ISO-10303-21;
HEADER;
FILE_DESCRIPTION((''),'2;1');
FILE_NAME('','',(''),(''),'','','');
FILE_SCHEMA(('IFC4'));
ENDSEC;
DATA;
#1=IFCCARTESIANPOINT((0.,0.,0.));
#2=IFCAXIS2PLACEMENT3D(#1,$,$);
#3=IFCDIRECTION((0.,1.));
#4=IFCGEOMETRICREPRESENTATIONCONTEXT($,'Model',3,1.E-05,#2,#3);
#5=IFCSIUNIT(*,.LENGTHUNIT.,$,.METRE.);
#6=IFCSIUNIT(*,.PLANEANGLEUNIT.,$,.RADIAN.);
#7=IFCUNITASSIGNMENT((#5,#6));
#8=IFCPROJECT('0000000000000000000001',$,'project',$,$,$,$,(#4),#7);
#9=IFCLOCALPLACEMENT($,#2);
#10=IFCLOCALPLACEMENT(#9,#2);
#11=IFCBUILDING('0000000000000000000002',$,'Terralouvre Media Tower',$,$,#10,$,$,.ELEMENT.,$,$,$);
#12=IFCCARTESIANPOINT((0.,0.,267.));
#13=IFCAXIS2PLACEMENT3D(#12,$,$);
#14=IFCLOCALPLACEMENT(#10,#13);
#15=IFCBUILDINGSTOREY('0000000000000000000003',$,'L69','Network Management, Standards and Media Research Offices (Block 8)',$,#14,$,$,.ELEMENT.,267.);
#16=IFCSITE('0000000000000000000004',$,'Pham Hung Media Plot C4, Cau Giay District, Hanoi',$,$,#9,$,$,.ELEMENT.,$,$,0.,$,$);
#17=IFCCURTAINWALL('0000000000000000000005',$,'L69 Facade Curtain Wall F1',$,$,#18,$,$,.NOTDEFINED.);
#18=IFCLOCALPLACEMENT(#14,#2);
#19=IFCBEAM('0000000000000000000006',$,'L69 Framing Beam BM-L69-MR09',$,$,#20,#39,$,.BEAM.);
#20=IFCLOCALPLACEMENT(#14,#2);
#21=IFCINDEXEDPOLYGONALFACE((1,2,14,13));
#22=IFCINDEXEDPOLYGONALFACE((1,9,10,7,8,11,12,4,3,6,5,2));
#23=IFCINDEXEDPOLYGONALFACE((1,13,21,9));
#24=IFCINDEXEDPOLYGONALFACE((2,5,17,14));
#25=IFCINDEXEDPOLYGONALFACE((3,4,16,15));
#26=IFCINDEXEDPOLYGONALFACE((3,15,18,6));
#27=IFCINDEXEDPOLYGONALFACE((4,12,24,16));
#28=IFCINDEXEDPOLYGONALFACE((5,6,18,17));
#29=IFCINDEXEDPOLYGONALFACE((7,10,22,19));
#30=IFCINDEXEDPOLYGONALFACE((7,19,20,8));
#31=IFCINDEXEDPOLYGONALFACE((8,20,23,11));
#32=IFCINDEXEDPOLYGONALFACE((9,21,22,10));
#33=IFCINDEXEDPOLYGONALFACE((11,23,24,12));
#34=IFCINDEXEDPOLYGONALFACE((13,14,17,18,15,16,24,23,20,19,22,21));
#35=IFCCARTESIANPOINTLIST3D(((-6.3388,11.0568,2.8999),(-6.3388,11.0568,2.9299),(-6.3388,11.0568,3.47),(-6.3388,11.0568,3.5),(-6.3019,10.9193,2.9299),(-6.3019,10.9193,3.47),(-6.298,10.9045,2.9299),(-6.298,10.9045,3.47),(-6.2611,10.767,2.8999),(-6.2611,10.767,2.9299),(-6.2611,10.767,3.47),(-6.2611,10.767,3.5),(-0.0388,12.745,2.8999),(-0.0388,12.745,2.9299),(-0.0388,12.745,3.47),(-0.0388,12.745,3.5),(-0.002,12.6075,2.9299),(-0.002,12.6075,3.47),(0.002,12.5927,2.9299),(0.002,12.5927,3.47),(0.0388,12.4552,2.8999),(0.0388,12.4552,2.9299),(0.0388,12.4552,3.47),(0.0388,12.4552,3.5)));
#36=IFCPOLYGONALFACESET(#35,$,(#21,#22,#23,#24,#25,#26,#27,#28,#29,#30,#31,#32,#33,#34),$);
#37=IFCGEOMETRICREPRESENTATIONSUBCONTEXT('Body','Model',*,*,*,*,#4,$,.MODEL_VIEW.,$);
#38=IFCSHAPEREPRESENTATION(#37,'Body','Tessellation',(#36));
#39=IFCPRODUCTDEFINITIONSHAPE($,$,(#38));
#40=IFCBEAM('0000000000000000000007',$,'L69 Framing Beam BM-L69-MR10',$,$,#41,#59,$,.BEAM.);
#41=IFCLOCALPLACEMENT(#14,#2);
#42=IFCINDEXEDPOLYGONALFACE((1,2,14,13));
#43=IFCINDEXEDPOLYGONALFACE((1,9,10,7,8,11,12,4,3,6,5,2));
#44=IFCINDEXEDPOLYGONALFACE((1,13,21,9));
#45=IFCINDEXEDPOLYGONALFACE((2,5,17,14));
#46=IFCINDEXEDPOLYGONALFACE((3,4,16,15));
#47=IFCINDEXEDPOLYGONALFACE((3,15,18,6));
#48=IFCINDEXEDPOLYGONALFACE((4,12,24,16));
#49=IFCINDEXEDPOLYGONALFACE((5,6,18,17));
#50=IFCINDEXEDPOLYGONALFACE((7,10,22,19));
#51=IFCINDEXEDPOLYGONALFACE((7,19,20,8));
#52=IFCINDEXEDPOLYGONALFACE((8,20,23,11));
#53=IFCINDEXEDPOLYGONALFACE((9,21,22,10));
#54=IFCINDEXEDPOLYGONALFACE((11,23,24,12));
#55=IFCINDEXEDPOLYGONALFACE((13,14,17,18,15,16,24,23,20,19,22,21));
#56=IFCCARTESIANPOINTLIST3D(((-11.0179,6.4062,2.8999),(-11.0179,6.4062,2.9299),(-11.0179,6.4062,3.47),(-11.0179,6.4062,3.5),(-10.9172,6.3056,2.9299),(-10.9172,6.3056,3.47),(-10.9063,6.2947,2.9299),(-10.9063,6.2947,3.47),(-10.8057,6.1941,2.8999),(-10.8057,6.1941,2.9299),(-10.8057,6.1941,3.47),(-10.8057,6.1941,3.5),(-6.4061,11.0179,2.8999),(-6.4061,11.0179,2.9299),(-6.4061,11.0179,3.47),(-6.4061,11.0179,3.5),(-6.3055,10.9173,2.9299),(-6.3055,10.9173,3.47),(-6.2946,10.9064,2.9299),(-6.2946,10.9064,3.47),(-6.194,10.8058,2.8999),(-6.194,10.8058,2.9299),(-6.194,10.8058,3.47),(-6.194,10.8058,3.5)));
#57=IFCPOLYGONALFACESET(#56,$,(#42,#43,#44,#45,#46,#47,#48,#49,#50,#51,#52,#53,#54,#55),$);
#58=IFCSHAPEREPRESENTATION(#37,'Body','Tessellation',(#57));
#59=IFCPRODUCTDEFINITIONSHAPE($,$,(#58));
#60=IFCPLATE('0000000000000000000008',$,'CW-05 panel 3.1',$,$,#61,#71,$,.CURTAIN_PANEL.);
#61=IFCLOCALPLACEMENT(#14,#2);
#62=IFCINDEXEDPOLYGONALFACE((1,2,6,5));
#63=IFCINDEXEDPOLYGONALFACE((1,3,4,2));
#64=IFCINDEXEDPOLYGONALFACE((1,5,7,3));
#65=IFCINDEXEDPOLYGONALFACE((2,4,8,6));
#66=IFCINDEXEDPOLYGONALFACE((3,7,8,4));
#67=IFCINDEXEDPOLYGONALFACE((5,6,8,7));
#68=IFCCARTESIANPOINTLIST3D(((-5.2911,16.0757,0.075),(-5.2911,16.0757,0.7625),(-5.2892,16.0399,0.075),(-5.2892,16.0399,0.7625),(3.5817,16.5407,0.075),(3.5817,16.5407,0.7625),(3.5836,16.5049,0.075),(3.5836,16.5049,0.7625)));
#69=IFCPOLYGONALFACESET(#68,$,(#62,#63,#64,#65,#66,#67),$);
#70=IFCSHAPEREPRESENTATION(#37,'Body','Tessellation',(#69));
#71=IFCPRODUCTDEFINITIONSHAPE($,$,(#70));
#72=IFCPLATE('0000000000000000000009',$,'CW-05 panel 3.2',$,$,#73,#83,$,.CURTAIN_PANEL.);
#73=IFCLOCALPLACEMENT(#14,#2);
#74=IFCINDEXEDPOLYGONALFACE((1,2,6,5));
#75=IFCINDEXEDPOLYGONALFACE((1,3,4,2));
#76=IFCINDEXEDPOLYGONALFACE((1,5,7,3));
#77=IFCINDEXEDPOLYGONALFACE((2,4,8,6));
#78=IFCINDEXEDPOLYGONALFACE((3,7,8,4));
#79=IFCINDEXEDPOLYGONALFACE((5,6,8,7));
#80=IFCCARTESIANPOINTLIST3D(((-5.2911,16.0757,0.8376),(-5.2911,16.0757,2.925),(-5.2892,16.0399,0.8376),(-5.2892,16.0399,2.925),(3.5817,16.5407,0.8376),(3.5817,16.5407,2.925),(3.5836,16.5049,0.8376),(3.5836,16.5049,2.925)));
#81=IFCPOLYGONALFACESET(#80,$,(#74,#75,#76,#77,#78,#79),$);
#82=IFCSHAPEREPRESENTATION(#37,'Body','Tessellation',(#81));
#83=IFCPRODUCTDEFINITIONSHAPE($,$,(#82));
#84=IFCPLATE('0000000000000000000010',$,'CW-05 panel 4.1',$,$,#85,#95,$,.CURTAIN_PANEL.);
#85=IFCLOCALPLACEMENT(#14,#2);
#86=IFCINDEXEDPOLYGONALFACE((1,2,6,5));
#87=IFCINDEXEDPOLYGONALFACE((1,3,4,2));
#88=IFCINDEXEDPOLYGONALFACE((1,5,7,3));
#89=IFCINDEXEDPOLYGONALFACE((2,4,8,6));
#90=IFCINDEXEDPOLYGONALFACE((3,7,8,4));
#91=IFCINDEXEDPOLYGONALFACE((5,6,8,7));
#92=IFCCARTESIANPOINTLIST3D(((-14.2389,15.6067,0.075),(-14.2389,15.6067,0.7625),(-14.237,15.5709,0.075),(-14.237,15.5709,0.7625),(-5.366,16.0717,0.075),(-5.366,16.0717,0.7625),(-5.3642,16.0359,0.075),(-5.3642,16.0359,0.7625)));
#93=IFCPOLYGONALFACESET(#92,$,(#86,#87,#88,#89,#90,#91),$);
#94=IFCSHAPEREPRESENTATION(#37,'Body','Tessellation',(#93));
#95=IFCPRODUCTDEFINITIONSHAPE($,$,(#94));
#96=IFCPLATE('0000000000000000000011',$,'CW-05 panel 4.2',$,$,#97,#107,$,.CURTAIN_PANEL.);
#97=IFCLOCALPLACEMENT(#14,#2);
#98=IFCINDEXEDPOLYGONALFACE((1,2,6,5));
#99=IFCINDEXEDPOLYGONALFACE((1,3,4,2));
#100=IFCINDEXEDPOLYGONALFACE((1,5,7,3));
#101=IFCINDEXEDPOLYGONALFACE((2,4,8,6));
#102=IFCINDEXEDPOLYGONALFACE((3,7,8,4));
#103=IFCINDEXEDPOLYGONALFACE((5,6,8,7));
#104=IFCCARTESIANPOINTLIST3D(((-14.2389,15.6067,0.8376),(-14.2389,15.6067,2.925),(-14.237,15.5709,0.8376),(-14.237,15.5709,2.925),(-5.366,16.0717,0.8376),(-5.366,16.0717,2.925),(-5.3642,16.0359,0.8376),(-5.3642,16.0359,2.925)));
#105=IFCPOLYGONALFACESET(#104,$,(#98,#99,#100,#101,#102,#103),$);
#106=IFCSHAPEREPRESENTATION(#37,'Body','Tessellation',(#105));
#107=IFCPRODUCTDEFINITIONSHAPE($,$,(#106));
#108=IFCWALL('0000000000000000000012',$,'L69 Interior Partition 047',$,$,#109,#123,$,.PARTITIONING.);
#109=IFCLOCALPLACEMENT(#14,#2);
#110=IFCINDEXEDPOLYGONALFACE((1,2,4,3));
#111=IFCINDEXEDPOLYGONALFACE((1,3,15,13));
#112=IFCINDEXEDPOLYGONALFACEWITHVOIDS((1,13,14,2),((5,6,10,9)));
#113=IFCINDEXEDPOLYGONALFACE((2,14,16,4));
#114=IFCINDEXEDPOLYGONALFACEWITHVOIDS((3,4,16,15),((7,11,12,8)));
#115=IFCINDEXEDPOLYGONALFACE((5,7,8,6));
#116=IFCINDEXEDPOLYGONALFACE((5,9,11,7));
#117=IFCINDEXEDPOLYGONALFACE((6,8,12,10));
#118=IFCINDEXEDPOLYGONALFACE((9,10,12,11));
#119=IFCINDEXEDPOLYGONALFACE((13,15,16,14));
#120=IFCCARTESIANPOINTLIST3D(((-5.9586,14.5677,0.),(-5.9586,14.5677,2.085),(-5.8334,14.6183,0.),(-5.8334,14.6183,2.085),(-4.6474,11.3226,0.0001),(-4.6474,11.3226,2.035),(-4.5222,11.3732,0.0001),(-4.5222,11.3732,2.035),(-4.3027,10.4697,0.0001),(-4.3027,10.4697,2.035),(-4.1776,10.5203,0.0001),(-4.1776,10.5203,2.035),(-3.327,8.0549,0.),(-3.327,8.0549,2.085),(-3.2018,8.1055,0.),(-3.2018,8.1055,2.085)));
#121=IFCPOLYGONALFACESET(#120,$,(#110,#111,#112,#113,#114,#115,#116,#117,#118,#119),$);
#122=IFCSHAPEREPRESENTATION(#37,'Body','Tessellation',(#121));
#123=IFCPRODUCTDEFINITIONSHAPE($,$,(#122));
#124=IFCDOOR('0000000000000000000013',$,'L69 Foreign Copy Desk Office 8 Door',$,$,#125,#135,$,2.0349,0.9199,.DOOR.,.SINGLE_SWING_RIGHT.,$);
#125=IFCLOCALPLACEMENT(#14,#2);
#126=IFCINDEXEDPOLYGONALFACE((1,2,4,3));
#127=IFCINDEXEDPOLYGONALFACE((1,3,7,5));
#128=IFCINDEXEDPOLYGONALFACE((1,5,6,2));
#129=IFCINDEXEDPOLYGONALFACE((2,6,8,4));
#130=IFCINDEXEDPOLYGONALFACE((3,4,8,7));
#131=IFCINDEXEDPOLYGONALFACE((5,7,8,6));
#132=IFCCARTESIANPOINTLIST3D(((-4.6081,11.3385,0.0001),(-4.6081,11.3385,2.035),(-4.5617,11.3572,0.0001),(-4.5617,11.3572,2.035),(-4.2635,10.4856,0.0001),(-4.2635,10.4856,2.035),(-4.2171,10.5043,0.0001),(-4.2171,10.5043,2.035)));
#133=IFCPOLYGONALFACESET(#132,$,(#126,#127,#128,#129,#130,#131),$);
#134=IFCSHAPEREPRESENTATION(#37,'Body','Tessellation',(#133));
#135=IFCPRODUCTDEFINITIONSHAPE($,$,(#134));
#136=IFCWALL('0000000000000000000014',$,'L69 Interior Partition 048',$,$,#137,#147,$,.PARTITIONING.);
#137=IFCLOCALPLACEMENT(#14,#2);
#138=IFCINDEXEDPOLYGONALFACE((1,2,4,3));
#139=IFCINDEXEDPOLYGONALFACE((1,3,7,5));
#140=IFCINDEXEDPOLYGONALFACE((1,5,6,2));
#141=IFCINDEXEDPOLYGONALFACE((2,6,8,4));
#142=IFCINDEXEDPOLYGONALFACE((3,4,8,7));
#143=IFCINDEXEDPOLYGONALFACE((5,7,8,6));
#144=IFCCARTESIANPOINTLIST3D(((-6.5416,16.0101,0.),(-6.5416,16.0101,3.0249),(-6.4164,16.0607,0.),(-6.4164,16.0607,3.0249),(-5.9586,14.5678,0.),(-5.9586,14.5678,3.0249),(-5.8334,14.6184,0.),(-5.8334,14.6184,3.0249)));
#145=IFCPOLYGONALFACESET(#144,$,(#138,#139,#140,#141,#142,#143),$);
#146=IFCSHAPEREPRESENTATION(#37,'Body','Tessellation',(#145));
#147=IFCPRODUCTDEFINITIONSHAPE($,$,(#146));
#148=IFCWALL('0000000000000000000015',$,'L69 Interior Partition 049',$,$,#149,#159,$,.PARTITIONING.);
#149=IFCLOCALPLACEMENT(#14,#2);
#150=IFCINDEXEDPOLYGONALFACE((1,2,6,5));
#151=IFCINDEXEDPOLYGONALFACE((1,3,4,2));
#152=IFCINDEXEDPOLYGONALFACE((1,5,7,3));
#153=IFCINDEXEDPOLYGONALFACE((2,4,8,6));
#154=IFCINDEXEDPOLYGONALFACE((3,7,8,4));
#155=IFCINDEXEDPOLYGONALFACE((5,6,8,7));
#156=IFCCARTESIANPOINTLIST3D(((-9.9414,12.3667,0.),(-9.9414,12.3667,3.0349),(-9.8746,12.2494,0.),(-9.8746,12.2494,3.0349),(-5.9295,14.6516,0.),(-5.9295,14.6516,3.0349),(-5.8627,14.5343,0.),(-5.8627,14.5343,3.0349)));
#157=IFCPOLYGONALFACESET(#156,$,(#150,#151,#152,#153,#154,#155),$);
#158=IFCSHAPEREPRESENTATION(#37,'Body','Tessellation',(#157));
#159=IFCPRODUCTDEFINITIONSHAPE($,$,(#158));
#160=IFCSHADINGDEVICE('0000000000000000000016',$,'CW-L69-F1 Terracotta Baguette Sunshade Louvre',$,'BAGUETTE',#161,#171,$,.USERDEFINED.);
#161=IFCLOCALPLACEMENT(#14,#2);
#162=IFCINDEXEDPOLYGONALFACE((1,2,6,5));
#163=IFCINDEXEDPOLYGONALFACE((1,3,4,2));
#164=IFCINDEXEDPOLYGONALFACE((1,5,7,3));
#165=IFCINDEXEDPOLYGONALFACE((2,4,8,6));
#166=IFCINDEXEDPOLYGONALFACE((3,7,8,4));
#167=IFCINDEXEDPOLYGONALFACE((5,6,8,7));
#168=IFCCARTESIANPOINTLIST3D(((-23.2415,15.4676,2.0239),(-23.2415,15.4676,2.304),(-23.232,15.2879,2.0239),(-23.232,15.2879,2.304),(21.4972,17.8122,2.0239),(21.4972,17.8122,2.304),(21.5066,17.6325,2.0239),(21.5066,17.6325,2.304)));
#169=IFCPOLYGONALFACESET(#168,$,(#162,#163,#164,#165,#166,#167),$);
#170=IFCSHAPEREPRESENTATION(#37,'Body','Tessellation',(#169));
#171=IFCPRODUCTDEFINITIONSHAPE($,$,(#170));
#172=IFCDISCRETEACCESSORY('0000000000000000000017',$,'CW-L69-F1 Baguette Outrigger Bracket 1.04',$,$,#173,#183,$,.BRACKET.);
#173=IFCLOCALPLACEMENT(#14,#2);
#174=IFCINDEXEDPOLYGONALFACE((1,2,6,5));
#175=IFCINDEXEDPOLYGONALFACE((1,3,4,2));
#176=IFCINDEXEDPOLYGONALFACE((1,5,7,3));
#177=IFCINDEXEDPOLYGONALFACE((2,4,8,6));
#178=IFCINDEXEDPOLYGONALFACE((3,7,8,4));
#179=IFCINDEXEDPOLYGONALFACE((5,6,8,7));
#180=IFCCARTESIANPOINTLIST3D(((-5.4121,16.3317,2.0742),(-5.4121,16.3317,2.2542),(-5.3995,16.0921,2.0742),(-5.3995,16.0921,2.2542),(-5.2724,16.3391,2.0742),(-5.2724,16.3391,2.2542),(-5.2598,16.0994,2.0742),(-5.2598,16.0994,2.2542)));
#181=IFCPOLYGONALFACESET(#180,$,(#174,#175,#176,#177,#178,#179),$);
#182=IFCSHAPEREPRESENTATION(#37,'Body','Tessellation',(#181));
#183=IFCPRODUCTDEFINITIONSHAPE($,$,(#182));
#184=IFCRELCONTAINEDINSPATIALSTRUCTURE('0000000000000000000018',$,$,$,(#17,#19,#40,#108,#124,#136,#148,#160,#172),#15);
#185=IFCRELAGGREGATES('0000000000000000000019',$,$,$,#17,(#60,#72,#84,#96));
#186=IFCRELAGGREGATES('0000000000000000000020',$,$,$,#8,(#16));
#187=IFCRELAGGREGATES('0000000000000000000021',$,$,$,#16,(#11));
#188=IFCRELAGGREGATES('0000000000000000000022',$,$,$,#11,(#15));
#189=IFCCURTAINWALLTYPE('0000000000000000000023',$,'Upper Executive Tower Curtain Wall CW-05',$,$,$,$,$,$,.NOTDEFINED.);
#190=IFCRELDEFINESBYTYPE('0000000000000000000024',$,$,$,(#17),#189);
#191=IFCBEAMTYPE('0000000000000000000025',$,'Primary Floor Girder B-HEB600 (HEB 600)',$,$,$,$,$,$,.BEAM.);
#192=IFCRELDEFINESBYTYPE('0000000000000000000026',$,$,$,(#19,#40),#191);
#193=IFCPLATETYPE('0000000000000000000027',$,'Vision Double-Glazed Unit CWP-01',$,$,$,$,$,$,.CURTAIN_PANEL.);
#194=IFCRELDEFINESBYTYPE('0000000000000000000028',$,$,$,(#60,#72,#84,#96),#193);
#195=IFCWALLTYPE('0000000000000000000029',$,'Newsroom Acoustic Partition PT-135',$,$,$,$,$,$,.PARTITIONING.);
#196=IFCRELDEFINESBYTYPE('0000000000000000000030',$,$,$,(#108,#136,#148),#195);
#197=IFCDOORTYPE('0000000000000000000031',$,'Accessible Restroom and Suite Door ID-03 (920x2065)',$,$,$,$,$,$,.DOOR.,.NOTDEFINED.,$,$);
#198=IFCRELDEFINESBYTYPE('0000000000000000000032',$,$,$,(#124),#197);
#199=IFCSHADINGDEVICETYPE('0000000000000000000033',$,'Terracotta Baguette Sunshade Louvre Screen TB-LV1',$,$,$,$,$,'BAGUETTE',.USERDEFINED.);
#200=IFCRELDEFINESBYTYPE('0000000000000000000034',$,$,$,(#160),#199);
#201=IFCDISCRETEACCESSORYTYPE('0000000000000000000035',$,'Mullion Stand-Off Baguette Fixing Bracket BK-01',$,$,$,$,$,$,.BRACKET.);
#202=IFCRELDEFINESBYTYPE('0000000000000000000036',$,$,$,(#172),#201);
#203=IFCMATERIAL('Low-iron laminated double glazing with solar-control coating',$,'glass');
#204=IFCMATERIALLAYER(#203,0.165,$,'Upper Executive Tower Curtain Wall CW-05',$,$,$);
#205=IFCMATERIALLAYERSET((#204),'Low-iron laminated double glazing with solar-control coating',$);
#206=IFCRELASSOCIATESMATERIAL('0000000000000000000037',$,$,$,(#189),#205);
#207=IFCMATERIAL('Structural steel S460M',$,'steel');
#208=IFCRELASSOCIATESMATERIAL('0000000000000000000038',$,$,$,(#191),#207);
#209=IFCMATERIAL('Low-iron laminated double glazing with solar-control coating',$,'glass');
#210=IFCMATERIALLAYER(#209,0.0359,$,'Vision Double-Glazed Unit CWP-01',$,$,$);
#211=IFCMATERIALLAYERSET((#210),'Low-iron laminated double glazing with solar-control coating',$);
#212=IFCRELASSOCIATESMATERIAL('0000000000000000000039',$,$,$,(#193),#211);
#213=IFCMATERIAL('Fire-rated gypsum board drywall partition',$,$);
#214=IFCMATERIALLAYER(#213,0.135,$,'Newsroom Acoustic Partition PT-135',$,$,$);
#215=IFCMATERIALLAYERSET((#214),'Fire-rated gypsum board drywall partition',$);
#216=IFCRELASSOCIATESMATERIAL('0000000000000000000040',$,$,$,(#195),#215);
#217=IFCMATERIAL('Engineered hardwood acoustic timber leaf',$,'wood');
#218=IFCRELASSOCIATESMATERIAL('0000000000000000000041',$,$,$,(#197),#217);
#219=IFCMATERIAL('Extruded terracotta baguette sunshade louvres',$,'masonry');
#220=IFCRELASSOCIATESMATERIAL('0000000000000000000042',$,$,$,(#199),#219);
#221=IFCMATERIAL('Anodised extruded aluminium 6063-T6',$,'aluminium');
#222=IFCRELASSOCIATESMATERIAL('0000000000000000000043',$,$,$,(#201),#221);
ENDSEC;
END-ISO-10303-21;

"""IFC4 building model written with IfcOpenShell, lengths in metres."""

from ifc_helpers import new_model, si_unit, direction, frame, frame_2d, origin, origin_2d, place, context, subcontext, project, spatial, rectangle, i_section, extrude, material, layer, layer_set, material_profile, profile_set, type_object, element, fill, aggregate, save


model = new_model("IFC4")

# Units and contexts
model_context = context("Model", 3, precision=1e-05, world=origin(), true_north=direction((0.0, 1.0)))
body_context = subcontext(model_context, "Body", "Model", "MODEL_VIEW")
ifc_project = project(units=[si_unit("LENGTHUNIT", "METRE"), si_unit("PLANEANGLEUNIT", "RADIAN")], contexts=[model_context])

# Site, building, storey
site_placement = place(None, origin())
site = spatial("IfcSite", under=ifc_project, at=site_placement, Name="Pham Hung Media Plot C4, Cau Giay District, Hanoi", CompositionType="ELEMENT", RefElevation=0.0)
building_placement = place(site_placement, origin())
building = spatial("IfcBuilding", under=site, at=building_placement, Name="Terralouvre Media Tower", CompositionType="ELEMENT")
storey_placement = place(building_placement, frame((0.0, 0.0, 267.0)))
storey = spatial("IfcBuildingStorey", under=building, at=storey_placement, Name="L69", Description="Network Management, Standards and Media Research Offices (Block 8)", CompositionType="ELEMENT", Elevation=267.0)

# Curtain wall
ifc_material_1 = material(Name="Low-iron laminated double glazing with solar-control coating", Category="glass")
ifc_layer_1 = layer(ifc_material_1, 0.165, Name="Upper Executive Tower Curtain Wall CW-05")
ifc_layer_set_1 = layer_set([ifc_layer_1], Name="Low-iron laminated double glazing with solar-control coating")
curtain_wall_type = type_object("IfcCurtainWallType", Name="Upper Executive Tower Curtain Wall CW-05", PredefinedType="NOTDEFINED", material=ifc_layer_set_1)
curtain_wall_placement = place(storey_placement, origin())
curtain_wall = element("IfcCurtainWall", 1, at=curtain_wall_placement, inside=storey, type_object=curtain_wall_type, Name="L69 Facade Curtain Wall F1", PredefinedType="NOTDEFINED")

# Beams
ifc_material_2 = material(Name="Structural steel S460M", Category="steel")
ifc_material_profile_1 = material_profile(ifc_material_2, i_section(OverallWidth=0.3, OverallDepth=0.6001, WebThickness=0.0154, FlangeThickness=0.03, at=origin_2d()), Name="HEB 600")
ifc_profile_set_1 = profile_set([ifc_material_profile_1], Name="Structural steel S460M")
beam_type_1 = type_object("IfcBeamType", Name="Primary Floor Girder B-HEB600 (HEB 600)", PredefinedType="BEAM", material=ifc_profile_set_1)
beam_1_placement = place(storey_placement, frame((0.0, 12.6001, 3.2), z_axis=(-0.96592, -0.258839, 0.0), x_axis=(0.258839, -0.96592, 0.0)))
element("IfcBeam", 2, at=beam_1_placement, inside=storey, type_object=beam_type_1, Name="L69 Framing Beam BM-L69-MR09", PredefinedType="BEAM", context=body_context, shape_type="SweptSolid", body=[
    extrude(i_section(OverallWidth=0.3, OverallDepth=0.6001, WebThickness=0.0154, FlangeThickness=0.03, at=origin_2d()), origin(), (0.0, 0.0, 1.0), 6.5222),
])
beam_2_placement = place(storey_placement, frame((-6.3, 10.9119, 3.2), z_axis=(-0.707107, -0.707107, 0.0), x_axis=(0.707107, -0.707107, 0.0)))
element("IfcBeam", 3, at=beam_2_placement, inside=storey, type_object=beam_type_1, Name="L69 Framing Beam BM-L69-MR10", PredefinedType="BEAM", context=body_context, shape_type="SweptSolid", body=[
    extrude(i_section(OverallWidth=0.3, OverallDepth=0.6001, WebThickness=0.0154, FlangeThickness=0.03, at=origin_2d()), origin(), (0.0, 0.0, 1.0), 6.522),
])

# Plates
ifc_material_3 = material(Name="Low-iron laminated double glazing with solar-control coating", Category="glass")
ifc_layer_2 = layer(ifc_material_3, 0.0359, Name="Vision Double-Glazed Unit CWP-01")
ifc_layer_set_2 = layer_set([ifc_layer_2], Name="Low-iron laminated double glazing with solar-control coating")
plate_type = type_object("IfcPlateType", Name="Vision Double-Glazed Unit CWP-01", PredefinedType="CURTAIN_PANEL", material=ifc_layer_set_2)
plate_1_placement = place(storey_placement, frame((-0.8538, 16.2903, 0.075), z_axis=(0.0, 0.0, 1.0), x_axis=(-0.99863, -0.052336, 0.0)))
plate_1 = element("IfcPlate", 4, at=plate_1_placement, type_object=plate_type, Name="CW-05 panel 3.1", PredefinedType="CURTAIN_PANEL", context=body_context, shape_type="SweptSolid", body=[
    extrude(rectangle(XDim=8.885, YDim=0.0359, at=origin_2d()), origin(), (0.0, 0.0, 1.0), 0.6875),
])
plate_2_placement = place(storey_placement, frame((-0.8538, 16.2903, 0.8376), z_axis=(0.0, 0.0, 1.0), x_axis=(-0.99863, -0.052336, 0.0)))
plate_2 = element("IfcPlate", 5, at=plate_2_placement, type_object=plate_type, Name="CW-05 panel 3.2", PredefinedType="CURTAIN_PANEL", context=body_context, shape_type="SweptSolid", body=[
    extrude(rectangle(XDim=8.885, YDim=0.0359, at=origin_2d()), origin(), (0.0, 0.0, 1.0), 2.0874),
])
plate_3_placement = place(storey_placement, frame((-9.8015, 15.8213, 0.075), z_axis=(0.0, 0.0, 1.0), x_axis=(-0.99863, -0.052336, 0.0)))
plate_3 = element("IfcPlate", 6, at=plate_3_placement, type_object=plate_type, Name="CW-05 panel 4.1", PredefinedType="CURTAIN_PANEL", context=body_context, shape_type="SweptSolid", body=[
    extrude(rectangle(XDim=8.885, YDim=0.0359, at=origin_2d()), origin(), (0.0, 0.0, 1.0), 0.6875),
])
plate_4_placement = place(storey_placement, frame((-9.8015, 15.8213, 0.8376), z_axis=(0.0, 0.0, 1.0), x_axis=(-0.99863, -0.052336, 0.0)))
plate_4 = element("IfcPlate", 7, at=plate_4_placement, type_object=plate_type, Name="CW-05 panel 4.2", PredefinedType="CURTAIN_PANEL", context=body_context, shape_type="SweptSolid", body=[
    extrude(rectangle(XDim=8.885, YDim=0.0359, at=origin_2d()), origin(), (0.0, 0.0, 1.0), 2.0874),
])
aggregate(curtain_wall, [plate_1, plate_2, plate_3, plate_4])

# Wall, opening, door
ifc_material_4 = material(Name="Fire-rated gypsum board drywall partition")
ifc_layer_3 = layer(ifc_material_4, 0.135, Name="Newsroom Acoustic Partition PT-135")
ifc_layer_set_3 = layer_set([ifc_layer_3], Name="Fire-rated gypsum board drywall partition")
wall_type = type_object("IfcWallType", Name="Newsroom Acoustic Partition PT-135", PredefinedType="PARTITIONING", material=ifc_layer_set_3)
wall_1_placement = place(storey_placement, frame((-5.896, 14.593, 0.0), z_axis=(0.0, 0.0, 1.0), x_axis=(0.37463, -0.927174, 0.0)))
wall_1 = element("IfcWall", 8, at=wall_1_placement, inside=storey, type_object=wall_type, Name="L69 Interior Partition 047", PredefinedType="PARTITIONING", context=body_context, shape_type="SweptSolid", body=[
    extrude(rectangle(XDim=7.0244, YDim=0.135, at=frame_2d((3.5122, 0.0))), origin(), (0.0, 0.0, 1.0), 2.085),
])
opening_placement = place(wall_1_placement, frame((3.5, 0.0, 0.0)))
opening = element("IfcOpeningElement", 9, at=opening_placement, cuts=wall_1, PredefinedType="OPENING", context=body_context, shape_type="SweptSolid", body=[
    extrude(rectangle(XDim=0.9199, YDim=2.0349, at=frame_2d((0.46, 1.0176))), frame((0.0, 0.0774, 0.0), z_axis=(0.0, -1.0, 0.0), x_axis=(1.0, 0.0, 0.0)), (0.0, 0.0, 1.0), 0.155),
])
ifc_material_5 = material(Name="Engineered hardwood acoustic timber leaf", Category="wood")
door_type = type_object("IfcDoorType", Name="Accessible Restroom and Suite Door ID-03 (920x2065)", OperationType="NOTDEFINED", PredefinedType="DOOR", material=ifc_material_5)
door_placement = place(opening_placement, origin())
door = element("IfcDoor", 10, at=door_placement, inside=storey, type_object=door_type, Name="L69 Foreign Copy Desk Office 8 Door", OperationType="SINGLE_SWING_RIGHT", OverallHeight=2.0349, OverallWidth=0.9199, PredefinedType="DOOR", context=body_context, shape_type="SweptSolid", body=[
    extrude(rectangle(XDim=0.9199, YDim=2.0349, at=frame_2d((0.46, 1.0176))), frame((0.0, 0.0249, 0.0), z_axis=(0.0, -1.0, 0.0), x_axis=(1.0, 0.0, 0.0)), (0.0, 0.0, 1.0), 0.05),
])
fill(opening, door)

# Walls
wall_2_placement = place(storey_placement, frame((-6.479, 16.0354, 0.0), z_axis=(0.0, 0.0, 1.0), x_axis=(0.374743, -0.927129, 0.0)))
element("IfcWall", 11, at=wall_2_placement, inside=storey, type_object=wall_type, Name="L69 Interior Partition 048", PredefinedType="PARTITIONING", context=body_context, shape_type="SweptSolid", body=[
    extrude(rectangle(XDim=1.5557, YDim=0.135, at=frame_2d((0.7778, 0.0))), origin(), (0.0, 0.0, 1.0), 3.0249),
])
wall_3_placement = place(storey_placement, frame((-5.896, 14.593, 0.0), z_axis=(0.0, 0.0, 1.0), x_axis=(-0.868955, -0.494891, 0.0)))
element("IfcWall", 12, at=wall_3_placement, inside=storey, type_object=wall_type, Name="L69 Interior Partition 049", PredefinedType="PARTITIONING", context=body_context, shape_type="SweptSolid", body=[
    extrude(rectangle(XDim=4.6169, YDim=0.135, at=frame_2d((2.3086, 0.0))), origin(), (0.0, 0.0, 1.0), 3.0349),
])

# Shading device
ifc_material_6 = material(Name="Extruded terracotta baguette sunshade louvres", Category="masonry")
shading_device_type = type_object("IfcShadingDeviceType", Name="Terracotta Baguette Sunshade Louvre Screen TB-LV1", ElementType="BAGUETTE", PredefinedType="USERDEFINED", material=ifc_material_6)
shading_device_placement = place(storey_placement, frame((-0.8674, 16.55, 2.0239), z_axis=(0.0, 0.0, 1.0), x_axis=(-0.99863, -0.052336, 0.0)))
element("IfcShadingDevice", 13, at=shading_device_placement, inside=storey, type_object=shading_device_type, Name="CW-L69-F1 Terracotta Baguette Sunshade Louvre", ObjectType="BAGUETTE", PredefinedType="USERDEFINED", context=body_context, shape_type="SweptSolid", body=[
    extrude(rectangle(XDim=44.8, YDim=0.1799, at=origin_2d()), origin(), (0.0, 0.0, 1.0), 0.28),
])

# Discrete accessory
ifc_material_7 = material(Name="Anodised extruded aluminium 6063-T6", Category="aluminium")
discrete_accessory_type = type_object("IfcDiscreteAccessoryType", Name="Mullion Stand-Off Baguette Fixing Bracket BK-01", PredefinedType="BRACKET", material=ifc_material_7)
discrete_accessory_placement = place(storey_placement, frame((-5.3359, 16.2156, 2.0742), z_axis=(0.0, 0.0, 1.0), x_axis=(-0.99863, -0.052336, 0.0)))
element("IfcDiscreteAccessory", 14, at=discrete_accessory_placement, inside=storey, type_object=discrete_accessory_type, Name="CW-L69-F1 Baguette Outrigger Bracket 1.04", PredefinedType="BRACKET", context=body_context, shape_type="SweptSolid", body=[
    extrude(rectangle(XDim=0.1399, YDim=0.24, at=origin_2d()), origin(), (0.0, 0.0, 1.0), 0.1799),
])

save(model, "model.ifc")
